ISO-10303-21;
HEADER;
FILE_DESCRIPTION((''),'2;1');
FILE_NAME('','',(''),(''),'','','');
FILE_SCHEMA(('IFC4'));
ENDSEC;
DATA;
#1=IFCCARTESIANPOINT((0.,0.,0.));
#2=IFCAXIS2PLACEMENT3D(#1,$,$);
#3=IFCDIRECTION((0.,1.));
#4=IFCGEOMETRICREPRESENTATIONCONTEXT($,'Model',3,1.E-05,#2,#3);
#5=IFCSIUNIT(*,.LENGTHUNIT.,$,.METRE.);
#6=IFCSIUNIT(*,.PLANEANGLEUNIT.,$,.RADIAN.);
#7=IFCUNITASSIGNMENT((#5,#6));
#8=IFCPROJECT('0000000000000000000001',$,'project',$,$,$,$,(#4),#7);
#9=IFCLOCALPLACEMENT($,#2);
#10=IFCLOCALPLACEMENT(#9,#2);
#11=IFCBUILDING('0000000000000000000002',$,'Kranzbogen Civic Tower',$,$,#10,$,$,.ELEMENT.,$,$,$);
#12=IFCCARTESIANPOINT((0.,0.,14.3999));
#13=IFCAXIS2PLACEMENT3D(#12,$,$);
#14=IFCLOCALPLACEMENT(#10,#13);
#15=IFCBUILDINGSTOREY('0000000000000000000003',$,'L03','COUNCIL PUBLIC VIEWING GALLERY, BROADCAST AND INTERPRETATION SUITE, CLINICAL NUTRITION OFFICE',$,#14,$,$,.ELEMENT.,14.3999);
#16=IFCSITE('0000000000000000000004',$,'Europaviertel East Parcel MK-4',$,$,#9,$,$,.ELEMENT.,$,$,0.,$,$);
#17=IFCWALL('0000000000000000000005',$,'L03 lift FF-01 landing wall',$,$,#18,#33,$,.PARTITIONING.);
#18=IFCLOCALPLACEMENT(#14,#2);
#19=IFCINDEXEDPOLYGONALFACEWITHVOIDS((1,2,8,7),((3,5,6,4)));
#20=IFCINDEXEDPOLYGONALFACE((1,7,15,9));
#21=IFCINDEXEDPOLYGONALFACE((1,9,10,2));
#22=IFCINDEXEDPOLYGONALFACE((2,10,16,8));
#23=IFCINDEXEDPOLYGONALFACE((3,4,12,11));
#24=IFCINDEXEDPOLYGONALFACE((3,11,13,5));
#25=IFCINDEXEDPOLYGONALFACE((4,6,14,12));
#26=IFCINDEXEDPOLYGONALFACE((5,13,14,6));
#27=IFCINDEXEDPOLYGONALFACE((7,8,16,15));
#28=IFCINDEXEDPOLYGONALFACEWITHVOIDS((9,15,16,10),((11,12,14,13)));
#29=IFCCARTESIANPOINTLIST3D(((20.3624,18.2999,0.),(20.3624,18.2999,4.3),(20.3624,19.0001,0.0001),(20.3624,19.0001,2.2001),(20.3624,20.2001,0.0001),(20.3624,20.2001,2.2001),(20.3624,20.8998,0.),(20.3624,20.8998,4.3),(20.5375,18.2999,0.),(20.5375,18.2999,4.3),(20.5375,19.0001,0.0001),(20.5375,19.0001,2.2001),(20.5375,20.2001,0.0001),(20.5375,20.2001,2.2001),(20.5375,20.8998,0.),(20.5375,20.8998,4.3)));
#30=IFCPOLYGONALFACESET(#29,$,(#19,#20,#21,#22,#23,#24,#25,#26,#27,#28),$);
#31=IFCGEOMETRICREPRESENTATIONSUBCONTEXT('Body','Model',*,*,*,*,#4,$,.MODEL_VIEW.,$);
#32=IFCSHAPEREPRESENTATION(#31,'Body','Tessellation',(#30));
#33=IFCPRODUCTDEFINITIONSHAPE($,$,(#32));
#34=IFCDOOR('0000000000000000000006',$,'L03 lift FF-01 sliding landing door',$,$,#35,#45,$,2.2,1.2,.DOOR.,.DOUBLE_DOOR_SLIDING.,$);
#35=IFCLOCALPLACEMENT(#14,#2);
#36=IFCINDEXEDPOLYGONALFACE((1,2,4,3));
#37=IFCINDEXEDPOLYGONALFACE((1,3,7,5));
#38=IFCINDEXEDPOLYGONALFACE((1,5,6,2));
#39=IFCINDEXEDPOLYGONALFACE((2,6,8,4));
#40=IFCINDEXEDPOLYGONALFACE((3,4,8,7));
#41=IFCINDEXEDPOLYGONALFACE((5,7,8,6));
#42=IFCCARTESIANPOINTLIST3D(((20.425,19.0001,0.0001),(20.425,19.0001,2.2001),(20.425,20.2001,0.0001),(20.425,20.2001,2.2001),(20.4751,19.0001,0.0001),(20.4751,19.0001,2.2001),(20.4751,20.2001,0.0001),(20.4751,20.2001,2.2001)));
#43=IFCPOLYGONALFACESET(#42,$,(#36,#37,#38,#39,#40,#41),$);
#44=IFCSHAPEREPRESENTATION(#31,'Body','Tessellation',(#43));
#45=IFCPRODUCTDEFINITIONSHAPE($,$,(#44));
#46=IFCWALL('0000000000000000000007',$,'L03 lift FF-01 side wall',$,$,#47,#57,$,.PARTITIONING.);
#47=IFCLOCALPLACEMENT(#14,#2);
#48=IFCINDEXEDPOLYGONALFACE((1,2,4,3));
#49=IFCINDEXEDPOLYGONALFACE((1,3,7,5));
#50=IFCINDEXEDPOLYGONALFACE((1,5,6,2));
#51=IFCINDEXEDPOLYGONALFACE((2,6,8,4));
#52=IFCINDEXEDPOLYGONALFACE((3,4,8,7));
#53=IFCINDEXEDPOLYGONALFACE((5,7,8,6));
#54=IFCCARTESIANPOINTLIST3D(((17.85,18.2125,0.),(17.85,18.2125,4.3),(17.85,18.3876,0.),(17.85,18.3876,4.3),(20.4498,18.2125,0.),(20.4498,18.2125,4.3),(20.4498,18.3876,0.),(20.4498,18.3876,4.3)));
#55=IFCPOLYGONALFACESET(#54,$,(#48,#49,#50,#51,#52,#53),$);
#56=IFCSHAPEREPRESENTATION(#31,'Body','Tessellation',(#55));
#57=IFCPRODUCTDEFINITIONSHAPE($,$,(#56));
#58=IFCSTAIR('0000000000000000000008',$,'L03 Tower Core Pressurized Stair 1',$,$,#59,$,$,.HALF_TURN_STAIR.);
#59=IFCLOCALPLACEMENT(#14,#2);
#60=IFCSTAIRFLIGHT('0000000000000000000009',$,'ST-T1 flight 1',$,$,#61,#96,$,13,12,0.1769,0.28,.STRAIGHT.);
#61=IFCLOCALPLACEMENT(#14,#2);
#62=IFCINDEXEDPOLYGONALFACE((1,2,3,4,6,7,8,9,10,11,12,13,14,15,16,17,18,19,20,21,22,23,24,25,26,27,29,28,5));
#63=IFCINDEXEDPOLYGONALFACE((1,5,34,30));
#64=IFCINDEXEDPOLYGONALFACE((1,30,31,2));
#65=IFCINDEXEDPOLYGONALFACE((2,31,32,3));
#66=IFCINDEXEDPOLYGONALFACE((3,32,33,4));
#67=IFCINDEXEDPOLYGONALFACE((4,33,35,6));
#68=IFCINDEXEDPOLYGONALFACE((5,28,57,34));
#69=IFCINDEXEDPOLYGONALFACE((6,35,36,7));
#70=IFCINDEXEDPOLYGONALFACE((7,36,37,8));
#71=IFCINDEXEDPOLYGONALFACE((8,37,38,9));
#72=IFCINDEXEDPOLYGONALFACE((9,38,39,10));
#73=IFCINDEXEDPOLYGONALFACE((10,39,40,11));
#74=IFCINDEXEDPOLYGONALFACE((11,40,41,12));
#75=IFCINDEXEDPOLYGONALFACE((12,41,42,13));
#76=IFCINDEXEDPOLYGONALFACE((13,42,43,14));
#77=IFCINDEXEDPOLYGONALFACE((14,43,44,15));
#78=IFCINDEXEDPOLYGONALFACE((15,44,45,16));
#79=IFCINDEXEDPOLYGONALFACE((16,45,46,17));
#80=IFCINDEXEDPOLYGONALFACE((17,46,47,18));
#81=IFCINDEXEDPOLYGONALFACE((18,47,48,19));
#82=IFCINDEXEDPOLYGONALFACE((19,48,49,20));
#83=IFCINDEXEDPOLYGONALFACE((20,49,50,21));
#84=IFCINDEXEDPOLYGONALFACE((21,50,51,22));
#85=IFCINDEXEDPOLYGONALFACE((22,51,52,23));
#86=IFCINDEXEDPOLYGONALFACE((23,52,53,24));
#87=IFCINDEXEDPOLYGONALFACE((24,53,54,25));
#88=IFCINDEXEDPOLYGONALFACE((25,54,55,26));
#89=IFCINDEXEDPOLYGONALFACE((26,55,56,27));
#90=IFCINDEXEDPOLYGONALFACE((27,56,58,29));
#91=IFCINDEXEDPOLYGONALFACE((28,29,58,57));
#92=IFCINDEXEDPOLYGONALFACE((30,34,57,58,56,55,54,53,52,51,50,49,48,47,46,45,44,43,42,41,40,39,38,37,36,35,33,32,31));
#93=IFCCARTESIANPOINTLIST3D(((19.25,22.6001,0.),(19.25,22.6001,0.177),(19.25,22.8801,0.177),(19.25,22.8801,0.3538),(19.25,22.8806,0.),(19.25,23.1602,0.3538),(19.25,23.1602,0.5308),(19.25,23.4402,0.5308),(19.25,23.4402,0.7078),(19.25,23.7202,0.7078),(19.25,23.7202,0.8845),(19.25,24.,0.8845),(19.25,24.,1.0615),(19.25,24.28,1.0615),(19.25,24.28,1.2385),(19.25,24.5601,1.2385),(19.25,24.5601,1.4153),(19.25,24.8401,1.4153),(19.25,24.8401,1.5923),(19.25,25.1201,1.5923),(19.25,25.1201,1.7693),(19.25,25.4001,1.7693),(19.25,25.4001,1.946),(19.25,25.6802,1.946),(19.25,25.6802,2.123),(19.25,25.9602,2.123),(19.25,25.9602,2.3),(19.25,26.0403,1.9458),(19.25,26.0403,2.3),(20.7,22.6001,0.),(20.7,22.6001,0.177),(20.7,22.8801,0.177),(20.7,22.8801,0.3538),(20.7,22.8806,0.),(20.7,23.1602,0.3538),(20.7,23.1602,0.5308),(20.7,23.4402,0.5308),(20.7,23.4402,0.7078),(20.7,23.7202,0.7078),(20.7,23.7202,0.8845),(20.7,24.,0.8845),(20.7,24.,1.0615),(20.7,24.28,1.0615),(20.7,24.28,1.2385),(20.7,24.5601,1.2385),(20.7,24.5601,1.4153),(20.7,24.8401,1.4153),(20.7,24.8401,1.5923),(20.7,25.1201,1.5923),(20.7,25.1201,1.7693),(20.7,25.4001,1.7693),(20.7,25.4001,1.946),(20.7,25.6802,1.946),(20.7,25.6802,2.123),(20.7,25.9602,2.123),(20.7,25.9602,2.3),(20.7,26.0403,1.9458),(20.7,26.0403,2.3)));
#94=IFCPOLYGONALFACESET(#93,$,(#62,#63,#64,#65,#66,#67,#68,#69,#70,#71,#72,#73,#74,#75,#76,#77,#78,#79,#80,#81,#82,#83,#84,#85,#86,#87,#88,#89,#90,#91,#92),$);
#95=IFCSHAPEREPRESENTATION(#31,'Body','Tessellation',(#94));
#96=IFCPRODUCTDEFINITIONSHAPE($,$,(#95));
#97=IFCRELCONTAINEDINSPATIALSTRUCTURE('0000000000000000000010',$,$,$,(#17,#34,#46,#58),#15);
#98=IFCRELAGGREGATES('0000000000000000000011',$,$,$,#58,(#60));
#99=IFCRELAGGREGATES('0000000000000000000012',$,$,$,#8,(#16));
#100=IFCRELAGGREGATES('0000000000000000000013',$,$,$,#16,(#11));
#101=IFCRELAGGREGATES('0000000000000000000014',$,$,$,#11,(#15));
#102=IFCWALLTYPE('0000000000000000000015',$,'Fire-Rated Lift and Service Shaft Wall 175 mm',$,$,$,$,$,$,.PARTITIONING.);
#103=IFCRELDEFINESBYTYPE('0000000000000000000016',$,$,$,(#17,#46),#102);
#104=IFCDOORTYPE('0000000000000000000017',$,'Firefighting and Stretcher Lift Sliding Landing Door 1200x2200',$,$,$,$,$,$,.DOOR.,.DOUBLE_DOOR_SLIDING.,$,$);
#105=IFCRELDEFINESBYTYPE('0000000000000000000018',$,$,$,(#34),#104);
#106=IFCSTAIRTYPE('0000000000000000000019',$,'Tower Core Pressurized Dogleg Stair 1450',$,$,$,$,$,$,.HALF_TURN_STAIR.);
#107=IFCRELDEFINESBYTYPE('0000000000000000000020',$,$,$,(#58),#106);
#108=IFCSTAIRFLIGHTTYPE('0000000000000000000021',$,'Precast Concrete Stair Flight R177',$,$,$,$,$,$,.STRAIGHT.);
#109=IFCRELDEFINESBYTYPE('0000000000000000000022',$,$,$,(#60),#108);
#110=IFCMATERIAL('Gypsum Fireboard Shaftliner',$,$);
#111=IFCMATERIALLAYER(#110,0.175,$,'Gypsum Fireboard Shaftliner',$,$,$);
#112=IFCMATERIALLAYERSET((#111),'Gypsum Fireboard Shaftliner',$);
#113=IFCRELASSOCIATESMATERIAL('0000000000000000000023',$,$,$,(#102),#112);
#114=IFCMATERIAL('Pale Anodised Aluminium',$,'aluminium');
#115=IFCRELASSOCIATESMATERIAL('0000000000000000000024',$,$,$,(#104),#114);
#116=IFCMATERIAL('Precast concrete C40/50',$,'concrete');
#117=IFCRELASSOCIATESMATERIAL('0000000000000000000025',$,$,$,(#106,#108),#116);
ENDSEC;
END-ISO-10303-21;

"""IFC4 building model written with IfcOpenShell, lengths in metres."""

from ifc_helpers import new_model, si_unit, direction, frame, frame_2d, origin, place, context, subcontext, project, spatial, polyline, rectangle, outline, extrude, material, layer, layer_set, type_object, element, fill, aggregate, save


model = new_model("IFC4")

# Units and contexts
model_context = context("Model", 3, precision=1e-05, world=origin(), true_north=direction((0.0, 1.0)))
body_context = subcontext(model_context, "Body", "Model", "MODEL_VIEW")
ifc_project = project(units=[si_unit("LENGTHUNIT", "METRE"), si_unit("PLANEANGLEUNIT", "RADIAN")], contexts=[model_context])

# Site, building, storey
site_placement = place(None, origin())
site = spatial("IfcSite", under=ifc_project, at=site_placement, Name="Europaviertel East Parcel MK-4", CompositionType="ELEMENT", RefElevation=0.0)
building_placement = place(site_placement, origin())
building = spatial("IfcBuilding", under=site, at=building_placement, Name="Kranzbogen Civic Tower", CompositionType="ELEMENT")
storey_placement = place(building_placement, frame((0.0, 0.0, 14.3999)))
storey = spatial("IfcBuildingStorey", under=building, at=storey_placement, Name="L03", Description="COUNCIL PUBLIC VIEWING GALLERY, BROADCAST AND INTERPRETATION SUITE, CLINICAL NUTRITION OFFICE", CompositionType="ELEMENT", Elevation=14.3999)

# Shared definitions
ifc_material_1 = material(Name="Gypsum Fireboard Shaftliner")
ifc_layer_1 = layer(ifc_material_1, 0.175, Name="Gypsum Fireboard Shaftliner")
ifc_layer_set_1 = layer_set([ifc_layer_1], Name="Gypsum Fireboard Shaftliner")
wall_type_1 = type_object("IfcWallType", Name="Fire-Rated Lift and Service Shaft Wall 175 mm", PredefinedType="PARTITIONING", material=ifc_layer_set_1)

# Wall, opening, door
wall_1_placement = place(storey_placement, frame((20.45, 18.3, 0.0), z_axis=(0.0, 0.0, 1.0), x_axis=(0.0, 1.0, 0.0)))
wall_1 = element("IfcWall", 1, at=wall_1_placement, inside=storey, type_object=wall_type_1, Name="L03 lift FF-01 landing wall", PredefinedType="PARTITIONING", context=body_context, shape_type="SweptSolid", body=[
    extrude(rectangle(XDim=2.5999, YDim=0.175, at=frame_2d((1.2998, 0.0))), origin(), (0.0, 0.0, 1.0), 4.3),
])
opening_1_placement = place(wall_1_placement, frame((0.7, 0.0, 0.0)))
opening_1 = element("IfcOpeningElement", 2, at=opening_1_placement, cuts=wall_1, PredefinedType="OPENING", context=body_context, shape_type="SweptSolid", body=[
    extrude(rectangle(XDim=1.2, YDim=2.2, at=frame_2d((0.6001, 1.1001))), frame((0.0, 0.0977, 0.0), z_axis=(0.0, -1.0, 0.0), x_axis=(1.0, 0.0, 0.0)), (0.0, 0.0, 1.0), 0.1951),
])
ifc_material_2 = material(Name="Pale Anodised Aluminium", Category="aluminium")
door_type_1 = type_object("IfcDoorType", Name="Firefighting and Stretcher Lift Sliding Landing Door 1200x2200", OperationType="DOUBLE_DOOR_SLIDING", PredefinedType="DOOR", material=ifc_material_2)
door_1_placement = place(opening_1_placement, origin())
door_1 = element("IfcDoor", 3, at=door_1_placement, inside=storey, type_object=door_type_1, Name="L03 lift FF-01 sliding landing door", OperationType="DOUBLE_DOOR_SLIDING", OverallHeight=2.2, OverallWidth=1.2, PredefinedType="DOOR", context=body_context, shape_type="SweptSolid", body=[
    extrude(rectangle(XDim=1.2, YDim=2.2, at=frame_2d((0.6001, 1.1001))), frame((0.0, 0.0249, 0.0), z_axis=(0.0, -1.0, 0.0), x_axis=(1.0, 0.0, 0.0)), (0.0, 0.0, 1.0), 0.05),
])
fill(opening_1, door_1)

# Wall
wall_2_placement = place(storey_placement, frame((17.8501, 18.3, 0.0), z_axis=(0.0, 0.0, 1.0), x_axis=(1.0, 0.0, 0.0)))
element("IfcWall", 4, at=wall_2_placement, inside=storey, type_object=wall_type_1, Name="L03 lift FF-01 side wall", PredefinedType="PARTITIONING", context=body_context, shape_type="SweptSolid", body=[
    extrude(rectangle(XDim=2.5999, YDim=0.175, at=frame_2d((1.2998, 0.0))), origin(), (0.0, 0.0, 1.0), 4.3),
])

# Stair, stair flight
ifc_material_3 = material(Name="Precast concrete C40/50", Category="concrete")
stair_type = type_object("IfcStairType", Name="Tower Core Pressurized Dogleg Stair 1450", PredefinedType="HALF_TURN_STAIR", material=ifc_material_3)
stair_placement = place(storey_placement, origin())
stair = element("IfcStair", 5, at=stair_placement, inside=storey, type_object=stair_type, Name="L03 Tower Core Pressurized Stair 1", PredefinedType="HALF_TURN_STAIR")
stair_flight_type = type_object("IfcStairFlightType", Name="Precast Concrete Stair Flight R177", PredefinedType="STRAIGHT", material=ifc_material_3)
stair_flight_placement = place(storey_placement, frame((19.9751, 22.6001, 0.0), z_axis=(0.0, 0.0, 1.0), x_axis=(0.0, 1.0, 0.0)))
stair_flight = element("IfcStairFlight", 6, at=stair_flight_placement, type_object=stair_flight_type, Name="ST-T1 flight 1", NumberOfRisers=13, NumberOfTreads=12, PredefinedType="STRAIGHT", RiserHeight=0.1769, TreadLength=0.28, context=body_context, shape_type="SweptSolid", body=[
    extrude(outline(polyline([(0.0, 0.0), (0.0, 0.177), (0.28, 0.177), (0.28, 0.3538), (0.5601, 0.3538), (0.5601, 0.5308), (0.8401, 0.5308), (0.8401, 0.7078), (1.1201, 0.7078), (1.1201, 0.8845), (1.3999, 0.8845), (1.3999, 1.0615), (1.6799, 1.0615), (1.6799, 1.2385), (1.96, 1.2385), (1.96, 1.4153), (2.24, 1.4153), (2.24, 1.5923), (2.52, 1.5923), (2.52, 1.7693), (2.8, 1.7693), (2.8, 1.946), (3.0801, 1.946), (3.0801, 2.123), (3.3601, 2.123), (3.3601, 2.3), (3.4402, 2.3), (3.4402, 1.9458), (0.2805, 0.0), (0.0, 0.0)])), frame((0.0, 0.7251, 0.0), z_axis=(0.0, -1.0, 0.0), x_axis=(1.0, 0.0, 0.0)), (0.0, 0.0, 1.0), 1.45),
])
aggregate(stair, [stair_flight])

save(model, "model.ifc")
